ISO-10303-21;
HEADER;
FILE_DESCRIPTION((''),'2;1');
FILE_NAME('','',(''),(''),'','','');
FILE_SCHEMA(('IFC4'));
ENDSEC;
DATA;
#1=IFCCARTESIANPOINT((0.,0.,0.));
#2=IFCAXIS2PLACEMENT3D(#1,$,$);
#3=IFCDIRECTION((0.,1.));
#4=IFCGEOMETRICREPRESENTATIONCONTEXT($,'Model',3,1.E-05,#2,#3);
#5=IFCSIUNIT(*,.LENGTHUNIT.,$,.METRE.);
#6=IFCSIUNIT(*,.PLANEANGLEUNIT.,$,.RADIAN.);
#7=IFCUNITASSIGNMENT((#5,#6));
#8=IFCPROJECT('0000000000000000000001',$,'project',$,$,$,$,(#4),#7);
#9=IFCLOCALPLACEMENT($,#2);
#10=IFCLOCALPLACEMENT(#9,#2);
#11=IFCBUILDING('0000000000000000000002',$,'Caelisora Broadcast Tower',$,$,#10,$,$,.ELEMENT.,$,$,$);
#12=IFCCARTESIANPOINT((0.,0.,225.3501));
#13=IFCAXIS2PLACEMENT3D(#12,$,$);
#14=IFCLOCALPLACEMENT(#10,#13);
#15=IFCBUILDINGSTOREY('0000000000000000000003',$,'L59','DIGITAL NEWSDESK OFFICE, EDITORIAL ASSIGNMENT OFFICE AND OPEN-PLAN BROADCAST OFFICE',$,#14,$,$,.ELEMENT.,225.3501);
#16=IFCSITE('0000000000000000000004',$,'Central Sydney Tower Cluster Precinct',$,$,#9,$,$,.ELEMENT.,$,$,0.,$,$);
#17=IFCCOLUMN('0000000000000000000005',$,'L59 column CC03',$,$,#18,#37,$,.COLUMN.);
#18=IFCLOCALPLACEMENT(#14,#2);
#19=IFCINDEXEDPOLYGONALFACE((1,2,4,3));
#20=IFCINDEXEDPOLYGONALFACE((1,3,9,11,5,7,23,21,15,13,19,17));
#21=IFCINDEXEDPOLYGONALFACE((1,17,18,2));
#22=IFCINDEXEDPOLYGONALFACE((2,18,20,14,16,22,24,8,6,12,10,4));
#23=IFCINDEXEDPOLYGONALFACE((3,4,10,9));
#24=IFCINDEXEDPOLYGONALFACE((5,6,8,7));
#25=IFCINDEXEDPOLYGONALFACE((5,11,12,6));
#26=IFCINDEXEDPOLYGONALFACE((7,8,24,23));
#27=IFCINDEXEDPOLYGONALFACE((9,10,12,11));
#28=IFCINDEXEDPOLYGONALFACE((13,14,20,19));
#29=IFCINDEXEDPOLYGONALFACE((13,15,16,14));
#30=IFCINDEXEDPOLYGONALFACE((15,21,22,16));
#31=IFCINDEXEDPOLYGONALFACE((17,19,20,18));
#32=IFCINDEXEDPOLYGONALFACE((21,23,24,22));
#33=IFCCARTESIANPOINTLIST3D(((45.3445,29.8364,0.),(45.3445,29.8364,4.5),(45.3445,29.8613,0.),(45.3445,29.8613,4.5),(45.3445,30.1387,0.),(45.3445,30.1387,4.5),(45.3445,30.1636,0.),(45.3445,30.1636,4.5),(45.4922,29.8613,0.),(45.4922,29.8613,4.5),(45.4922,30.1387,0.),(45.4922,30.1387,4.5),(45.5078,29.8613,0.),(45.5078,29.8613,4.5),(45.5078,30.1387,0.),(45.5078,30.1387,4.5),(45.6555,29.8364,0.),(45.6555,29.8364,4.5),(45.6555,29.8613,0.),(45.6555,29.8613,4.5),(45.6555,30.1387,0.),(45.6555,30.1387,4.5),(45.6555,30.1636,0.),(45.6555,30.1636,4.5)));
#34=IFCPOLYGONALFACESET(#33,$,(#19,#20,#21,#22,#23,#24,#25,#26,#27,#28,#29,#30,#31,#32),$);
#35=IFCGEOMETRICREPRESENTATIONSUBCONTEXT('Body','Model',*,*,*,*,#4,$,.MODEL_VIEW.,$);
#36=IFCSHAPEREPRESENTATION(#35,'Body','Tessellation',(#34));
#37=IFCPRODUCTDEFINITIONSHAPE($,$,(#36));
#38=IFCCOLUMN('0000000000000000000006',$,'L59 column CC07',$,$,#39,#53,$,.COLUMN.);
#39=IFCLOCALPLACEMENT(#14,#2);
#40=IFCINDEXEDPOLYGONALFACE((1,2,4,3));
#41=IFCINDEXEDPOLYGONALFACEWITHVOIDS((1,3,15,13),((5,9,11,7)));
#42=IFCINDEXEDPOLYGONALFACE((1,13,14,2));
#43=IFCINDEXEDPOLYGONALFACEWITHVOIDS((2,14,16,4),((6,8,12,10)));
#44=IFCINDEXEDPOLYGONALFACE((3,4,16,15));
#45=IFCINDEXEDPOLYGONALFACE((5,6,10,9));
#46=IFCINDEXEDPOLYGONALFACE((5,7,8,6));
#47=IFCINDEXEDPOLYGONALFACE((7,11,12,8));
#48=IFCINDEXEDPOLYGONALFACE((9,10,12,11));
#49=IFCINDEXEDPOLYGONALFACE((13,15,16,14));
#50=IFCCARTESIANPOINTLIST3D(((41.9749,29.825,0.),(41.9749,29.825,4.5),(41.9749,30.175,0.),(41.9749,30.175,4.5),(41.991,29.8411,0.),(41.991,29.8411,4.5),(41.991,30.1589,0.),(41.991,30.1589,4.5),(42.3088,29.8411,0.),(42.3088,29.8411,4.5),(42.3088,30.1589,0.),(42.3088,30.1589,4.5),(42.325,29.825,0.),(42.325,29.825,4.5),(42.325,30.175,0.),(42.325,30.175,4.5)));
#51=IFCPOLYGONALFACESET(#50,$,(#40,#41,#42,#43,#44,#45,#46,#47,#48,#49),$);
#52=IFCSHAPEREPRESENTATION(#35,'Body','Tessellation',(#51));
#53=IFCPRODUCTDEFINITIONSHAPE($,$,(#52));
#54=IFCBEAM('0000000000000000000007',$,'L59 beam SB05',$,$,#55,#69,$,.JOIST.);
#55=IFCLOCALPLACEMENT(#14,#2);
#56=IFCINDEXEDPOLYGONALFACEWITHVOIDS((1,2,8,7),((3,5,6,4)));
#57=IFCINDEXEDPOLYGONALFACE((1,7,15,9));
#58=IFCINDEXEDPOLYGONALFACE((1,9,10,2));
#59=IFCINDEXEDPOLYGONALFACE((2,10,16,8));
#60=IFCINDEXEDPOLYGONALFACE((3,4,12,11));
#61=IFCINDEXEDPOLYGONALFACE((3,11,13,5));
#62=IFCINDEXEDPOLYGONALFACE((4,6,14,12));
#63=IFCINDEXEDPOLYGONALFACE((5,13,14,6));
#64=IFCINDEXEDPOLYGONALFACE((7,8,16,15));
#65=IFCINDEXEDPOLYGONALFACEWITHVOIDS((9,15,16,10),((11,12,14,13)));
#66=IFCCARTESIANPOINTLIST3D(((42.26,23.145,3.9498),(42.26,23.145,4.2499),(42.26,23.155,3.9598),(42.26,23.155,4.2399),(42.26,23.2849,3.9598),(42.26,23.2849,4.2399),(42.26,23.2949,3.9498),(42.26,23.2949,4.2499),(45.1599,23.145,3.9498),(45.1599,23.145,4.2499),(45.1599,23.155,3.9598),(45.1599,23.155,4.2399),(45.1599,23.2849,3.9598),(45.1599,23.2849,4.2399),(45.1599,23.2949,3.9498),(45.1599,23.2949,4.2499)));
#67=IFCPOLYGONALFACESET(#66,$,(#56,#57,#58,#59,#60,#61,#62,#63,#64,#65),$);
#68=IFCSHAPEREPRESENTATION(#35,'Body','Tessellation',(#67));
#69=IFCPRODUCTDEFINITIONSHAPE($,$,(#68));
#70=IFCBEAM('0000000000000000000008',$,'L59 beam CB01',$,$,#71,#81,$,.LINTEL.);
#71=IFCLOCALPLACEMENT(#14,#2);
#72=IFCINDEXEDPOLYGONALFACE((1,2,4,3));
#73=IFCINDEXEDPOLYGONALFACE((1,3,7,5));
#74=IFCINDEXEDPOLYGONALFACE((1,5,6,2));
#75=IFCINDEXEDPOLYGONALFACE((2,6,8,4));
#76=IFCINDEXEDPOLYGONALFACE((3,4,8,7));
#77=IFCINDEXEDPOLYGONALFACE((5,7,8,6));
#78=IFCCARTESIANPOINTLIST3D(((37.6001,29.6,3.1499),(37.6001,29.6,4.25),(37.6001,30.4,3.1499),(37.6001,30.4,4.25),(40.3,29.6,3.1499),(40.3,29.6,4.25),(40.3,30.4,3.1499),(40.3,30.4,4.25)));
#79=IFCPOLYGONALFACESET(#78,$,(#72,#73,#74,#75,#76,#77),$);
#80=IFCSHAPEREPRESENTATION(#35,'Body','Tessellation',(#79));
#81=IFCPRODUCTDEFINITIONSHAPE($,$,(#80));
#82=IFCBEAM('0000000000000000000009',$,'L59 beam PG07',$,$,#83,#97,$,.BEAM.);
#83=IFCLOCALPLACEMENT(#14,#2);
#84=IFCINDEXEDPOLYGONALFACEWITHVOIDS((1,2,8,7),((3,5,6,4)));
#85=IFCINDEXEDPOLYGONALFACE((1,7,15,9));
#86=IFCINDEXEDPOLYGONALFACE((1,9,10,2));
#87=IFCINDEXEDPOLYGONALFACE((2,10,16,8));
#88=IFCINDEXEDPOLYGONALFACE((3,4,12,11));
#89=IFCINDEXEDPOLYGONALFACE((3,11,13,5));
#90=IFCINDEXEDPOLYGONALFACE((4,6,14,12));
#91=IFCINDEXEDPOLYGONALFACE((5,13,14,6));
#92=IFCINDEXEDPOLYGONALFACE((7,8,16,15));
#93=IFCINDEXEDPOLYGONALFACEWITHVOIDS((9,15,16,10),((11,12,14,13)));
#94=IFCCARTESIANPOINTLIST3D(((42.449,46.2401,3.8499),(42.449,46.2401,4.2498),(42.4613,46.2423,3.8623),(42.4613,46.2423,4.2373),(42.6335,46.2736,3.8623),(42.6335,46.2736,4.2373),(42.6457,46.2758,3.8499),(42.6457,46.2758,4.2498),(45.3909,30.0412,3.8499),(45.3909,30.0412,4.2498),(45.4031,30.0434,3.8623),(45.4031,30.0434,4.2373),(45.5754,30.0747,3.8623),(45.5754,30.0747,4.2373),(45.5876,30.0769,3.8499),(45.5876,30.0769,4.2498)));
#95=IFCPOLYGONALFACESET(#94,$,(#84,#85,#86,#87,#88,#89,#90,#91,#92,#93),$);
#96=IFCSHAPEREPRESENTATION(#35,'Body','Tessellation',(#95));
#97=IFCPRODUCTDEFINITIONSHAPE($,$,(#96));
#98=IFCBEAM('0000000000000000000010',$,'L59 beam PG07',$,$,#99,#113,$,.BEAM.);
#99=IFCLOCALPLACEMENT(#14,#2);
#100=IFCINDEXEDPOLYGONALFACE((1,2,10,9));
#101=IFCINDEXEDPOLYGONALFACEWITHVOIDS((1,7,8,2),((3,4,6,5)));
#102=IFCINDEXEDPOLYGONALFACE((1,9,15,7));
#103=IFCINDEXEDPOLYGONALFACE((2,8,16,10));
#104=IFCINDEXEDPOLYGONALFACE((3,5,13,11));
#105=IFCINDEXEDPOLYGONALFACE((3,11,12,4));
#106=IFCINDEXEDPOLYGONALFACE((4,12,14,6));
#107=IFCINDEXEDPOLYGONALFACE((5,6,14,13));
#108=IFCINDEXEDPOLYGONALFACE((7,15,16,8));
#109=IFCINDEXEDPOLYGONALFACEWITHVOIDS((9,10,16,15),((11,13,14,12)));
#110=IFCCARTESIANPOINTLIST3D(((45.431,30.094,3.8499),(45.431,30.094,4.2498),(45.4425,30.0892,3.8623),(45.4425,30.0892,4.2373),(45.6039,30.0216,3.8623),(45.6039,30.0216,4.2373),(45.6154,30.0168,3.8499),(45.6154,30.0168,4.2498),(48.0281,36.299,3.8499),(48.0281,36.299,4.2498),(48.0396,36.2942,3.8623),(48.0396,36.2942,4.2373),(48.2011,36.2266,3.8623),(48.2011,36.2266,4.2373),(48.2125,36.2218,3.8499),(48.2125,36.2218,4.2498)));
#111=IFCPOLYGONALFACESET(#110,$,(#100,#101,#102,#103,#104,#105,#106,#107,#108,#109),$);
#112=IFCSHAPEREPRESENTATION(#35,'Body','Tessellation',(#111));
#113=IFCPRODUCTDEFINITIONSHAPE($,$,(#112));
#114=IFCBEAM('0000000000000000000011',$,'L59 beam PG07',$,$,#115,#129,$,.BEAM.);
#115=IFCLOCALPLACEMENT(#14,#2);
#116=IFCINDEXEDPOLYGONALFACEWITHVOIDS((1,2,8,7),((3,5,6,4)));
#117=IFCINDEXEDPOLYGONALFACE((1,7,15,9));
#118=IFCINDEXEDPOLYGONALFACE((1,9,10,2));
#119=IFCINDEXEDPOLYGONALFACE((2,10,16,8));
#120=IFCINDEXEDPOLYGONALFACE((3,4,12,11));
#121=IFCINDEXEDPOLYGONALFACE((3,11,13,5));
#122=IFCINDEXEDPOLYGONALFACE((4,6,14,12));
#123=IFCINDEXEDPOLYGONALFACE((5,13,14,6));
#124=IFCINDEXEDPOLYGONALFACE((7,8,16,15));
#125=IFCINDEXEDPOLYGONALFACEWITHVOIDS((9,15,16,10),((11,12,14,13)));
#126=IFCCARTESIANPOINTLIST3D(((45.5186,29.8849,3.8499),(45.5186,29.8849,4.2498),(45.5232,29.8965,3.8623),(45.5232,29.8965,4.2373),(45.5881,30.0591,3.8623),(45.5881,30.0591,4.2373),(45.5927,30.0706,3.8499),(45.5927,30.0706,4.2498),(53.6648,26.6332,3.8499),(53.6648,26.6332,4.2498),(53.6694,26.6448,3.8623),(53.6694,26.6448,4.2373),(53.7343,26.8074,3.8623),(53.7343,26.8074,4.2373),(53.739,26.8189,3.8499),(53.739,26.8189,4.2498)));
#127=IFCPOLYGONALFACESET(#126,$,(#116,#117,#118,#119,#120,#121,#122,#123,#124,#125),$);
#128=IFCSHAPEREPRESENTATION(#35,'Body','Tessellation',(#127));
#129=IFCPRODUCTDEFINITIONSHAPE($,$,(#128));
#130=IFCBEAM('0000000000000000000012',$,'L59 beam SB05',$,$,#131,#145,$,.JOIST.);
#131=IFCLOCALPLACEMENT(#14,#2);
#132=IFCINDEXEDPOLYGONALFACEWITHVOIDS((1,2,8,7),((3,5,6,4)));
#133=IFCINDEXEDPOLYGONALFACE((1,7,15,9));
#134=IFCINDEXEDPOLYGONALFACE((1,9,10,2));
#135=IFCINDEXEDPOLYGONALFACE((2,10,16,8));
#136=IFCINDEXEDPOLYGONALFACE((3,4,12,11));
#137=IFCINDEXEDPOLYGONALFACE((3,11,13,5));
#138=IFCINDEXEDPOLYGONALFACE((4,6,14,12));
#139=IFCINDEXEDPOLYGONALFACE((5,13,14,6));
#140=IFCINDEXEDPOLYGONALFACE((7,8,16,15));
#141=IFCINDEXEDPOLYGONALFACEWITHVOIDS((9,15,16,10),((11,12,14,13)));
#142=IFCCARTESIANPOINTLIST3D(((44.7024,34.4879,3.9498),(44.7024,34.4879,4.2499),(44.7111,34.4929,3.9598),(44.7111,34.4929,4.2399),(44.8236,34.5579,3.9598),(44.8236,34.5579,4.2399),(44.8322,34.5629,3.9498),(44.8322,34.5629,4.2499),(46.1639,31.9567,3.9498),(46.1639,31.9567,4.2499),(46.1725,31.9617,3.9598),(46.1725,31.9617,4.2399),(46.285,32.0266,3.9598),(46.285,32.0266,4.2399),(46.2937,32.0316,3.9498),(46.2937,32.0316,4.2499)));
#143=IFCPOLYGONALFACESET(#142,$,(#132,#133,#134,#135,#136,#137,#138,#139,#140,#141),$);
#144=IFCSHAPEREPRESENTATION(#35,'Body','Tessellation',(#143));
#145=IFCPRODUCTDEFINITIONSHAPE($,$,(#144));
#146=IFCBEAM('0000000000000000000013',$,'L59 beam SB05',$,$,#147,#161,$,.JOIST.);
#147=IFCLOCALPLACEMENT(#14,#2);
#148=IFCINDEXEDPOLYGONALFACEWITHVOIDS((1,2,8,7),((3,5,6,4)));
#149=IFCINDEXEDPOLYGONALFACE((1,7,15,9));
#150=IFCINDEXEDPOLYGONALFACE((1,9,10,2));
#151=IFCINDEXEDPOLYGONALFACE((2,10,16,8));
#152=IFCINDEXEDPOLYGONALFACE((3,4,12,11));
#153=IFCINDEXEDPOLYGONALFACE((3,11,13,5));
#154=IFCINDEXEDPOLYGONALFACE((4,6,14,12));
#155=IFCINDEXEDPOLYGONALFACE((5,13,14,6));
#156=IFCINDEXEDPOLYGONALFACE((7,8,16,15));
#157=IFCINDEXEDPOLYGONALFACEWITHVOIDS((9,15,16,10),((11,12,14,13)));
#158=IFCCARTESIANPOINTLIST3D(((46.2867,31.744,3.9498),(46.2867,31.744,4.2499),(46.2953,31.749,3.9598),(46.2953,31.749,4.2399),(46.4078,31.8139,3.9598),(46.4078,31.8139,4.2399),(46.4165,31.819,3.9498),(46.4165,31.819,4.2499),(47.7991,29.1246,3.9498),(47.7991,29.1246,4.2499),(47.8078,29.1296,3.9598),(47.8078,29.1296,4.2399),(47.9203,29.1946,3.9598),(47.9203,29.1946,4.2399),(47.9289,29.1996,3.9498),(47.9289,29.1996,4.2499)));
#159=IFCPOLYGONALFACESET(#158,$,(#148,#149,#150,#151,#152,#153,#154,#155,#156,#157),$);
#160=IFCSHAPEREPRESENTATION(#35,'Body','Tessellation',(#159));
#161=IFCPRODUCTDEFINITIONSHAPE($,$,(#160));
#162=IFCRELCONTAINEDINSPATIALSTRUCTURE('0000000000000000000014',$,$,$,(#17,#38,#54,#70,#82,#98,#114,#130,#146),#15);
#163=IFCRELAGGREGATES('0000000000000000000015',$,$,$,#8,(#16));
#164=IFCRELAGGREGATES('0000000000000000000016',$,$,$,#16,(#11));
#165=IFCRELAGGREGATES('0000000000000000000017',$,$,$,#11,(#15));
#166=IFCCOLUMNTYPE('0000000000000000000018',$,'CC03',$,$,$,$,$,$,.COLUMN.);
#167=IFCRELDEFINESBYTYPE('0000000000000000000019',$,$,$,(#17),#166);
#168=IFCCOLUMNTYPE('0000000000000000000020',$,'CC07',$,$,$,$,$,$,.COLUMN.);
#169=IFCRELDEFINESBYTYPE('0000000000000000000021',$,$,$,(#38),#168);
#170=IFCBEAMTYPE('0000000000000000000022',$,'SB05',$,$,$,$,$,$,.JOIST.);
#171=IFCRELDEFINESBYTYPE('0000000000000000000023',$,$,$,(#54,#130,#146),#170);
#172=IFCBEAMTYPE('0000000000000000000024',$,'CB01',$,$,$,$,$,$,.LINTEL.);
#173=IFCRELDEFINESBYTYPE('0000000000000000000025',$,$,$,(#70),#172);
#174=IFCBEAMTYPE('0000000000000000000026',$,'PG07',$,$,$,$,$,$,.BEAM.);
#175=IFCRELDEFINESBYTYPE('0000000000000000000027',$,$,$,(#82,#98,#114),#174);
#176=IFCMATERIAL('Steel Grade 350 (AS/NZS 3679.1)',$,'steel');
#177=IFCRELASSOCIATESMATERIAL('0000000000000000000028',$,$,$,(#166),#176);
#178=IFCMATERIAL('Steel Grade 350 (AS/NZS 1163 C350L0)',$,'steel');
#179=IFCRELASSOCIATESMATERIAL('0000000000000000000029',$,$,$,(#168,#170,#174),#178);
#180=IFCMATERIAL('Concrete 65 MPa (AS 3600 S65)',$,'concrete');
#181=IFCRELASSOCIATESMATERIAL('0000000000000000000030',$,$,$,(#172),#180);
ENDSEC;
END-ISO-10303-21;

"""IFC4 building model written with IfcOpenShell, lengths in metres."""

from ifc_helpers import new_model, si_unit, direction, frame, origin, origin_2d, place, context, subcontext, project, spatial, rectangle, hollow_rectangle, i_section, extrude, source, transform, mapped, material, material_profile, profile_set, type_object, type_shapes, element, save


model = new_model("IFC4")

# Units and contexts
model_context = context("Model", 3, precision=1e-05, world=origin(), true_north=direction((0.0, 1.0)))
body_context = subcontext(model_context, "Body", "Model", "MODEL_VIEW")
ifc_project = project(units=[si_unit("LENGTHUNIT", "METRE"), si_unit("PLANEANGLEUNIT", "RADIAN")], contexts=[model_context])

# Site, building, storey
site_placement = place(None, origin())
site = spatial("IfcSite", under=ifc_project, at=site_placement, Name="Central Sydney Tower Cluster Precinct", CompositionType="ELEMENT", RefElevation=0.0)
building_placement = place(site_placement, origin())
building = spatial("IfcBuilding", under=site, at=building_placement, Name="Caelisora Broadcast Tower", CompositionType="ELEMENT")
storey_placement = place(building_placement, frame((0.0, 0.0, 225.3501)))
storey = spatial("IfcBuildingStorey", under=building, at=storey_placement, Name="L59", Description="DIGITAL NEWSDESK OFFICE, EDITORIAL ASSIGNMENT OFFICE AND OPEN-PLAN BROADCAST OFFICE", CompositionType="ELEMENT", Elevation=225.3501)

# Columns
ifc_material_1 = material(Name="Steel Grade 350 (AS/NZS 3679.1)", Category="steel")
ifc_material_profile_1 = material_profile(ifc_material_1, i_section(OverallWidth=0.311, OverallDepth=0.3271, WebThickness=0.0156, FlangeThickness=0.0249, at=origin_2d()), Name="Steel Grade 350 (AS/NZS 3679.1)")
ifc_profile_set_1 = profile_set([ifc_material_profile_1], Name="Steel Grade 350 (AS/NZS 3679.1)")
column_type_1 = type_object("IfcColumnType", Name="CC03", PredefinedType="COLUMN", material=ifc_profile_set_1)
shared_shape_1 = source(origin(), body_context, "Body", "SweptSolid", [
    extrude(i_section(OverallWidth=0.311, OverallDepth=0.3271, WebThickness=0.0156, FlangeThickness=0.0249, at=origin_2d()), origin(), (0.0, 0.0, 1.0), 4.5),
])
type_shapes(column_type_1, [shared_shape_1])
column_1_placement = place(storey_placement, frame((45.5, 30.0, 0.0), z_axis=(0.0, 0.0, 1.0), x_axis=(1.0, 0.0, 0.0)))
element("IfcColumn", 1, at=column_1_placement, inside=storey, type_object=column_type_1, Name="L59 column CC03", PredefinedType="COLUMN", context=body_context, shape_type="MappedRepresentation", body=[
    mapped(shared_shape_1, transform((0.0, 0.0, 0.0), scale=1.0)),
])
ifc_material_2 = material(Name="Steel Grade 350 (AS/NZS 1163 C350L0)", Category="steel")
ifc_material_profile_2 = material_profile(ifc_material_2, hollow_rectangle(XDim=0.3501, YDim=0.3501, WallThickness=0.0161, at=origin_2d()), Name="Steel Grade 350 (AS/NZS 1163 C350L0)")
ifc_profile_set_2 = profile_set([ifc_material_profile_2], Name="Steel Grade 350 (AS/NZS 1163 C350L0)")
column_type_2 = type_object("IfcColumnType", Name="CC07", PredefinedType="COLUMN", material=ifc_profile_set_2)
shared_shape_2 = source(origin(), body_context, "Body", "SweptSolid", [
    extrude(hollow_rectangle(XDim=0.3501, YDim=0.3501, WallThickness=0.0161, at=origin_2d()), origin(), (0.0, 0.0, 1.0), 4.5),
])
type_shapes(column_type_2, [shared_shape_2])
column_2_placement = place(storey_placement, frame((42.1499, 30.0, 0.0), z_axis=(0.0, 0.0, 1.0), x_axis=(1.0, 0.0, 0.0)))
element("IfcColumn", 2, at=column_2_placement, inside=storey, type_object=column_type_2, Name="L59 column CC07", PredefinedType="COLUMN", context=body_context, shape_type="MappedRepresentation", body=[
    mapped(shared_shape_2, transform((0.0, 0.0, 0.0), scale=1.0)),
])

# Beams
ifc_material_profile_3 = material_profile(ifc_material_2, hollow_rectangle(XDim=0.1499, YDim=0.3, WallThickness=0.01, at=origin_2d()), Name="Steel Grade 350 (AS/NZS 1163 C350L0)")
ifc_profile_set_3 = profile_set([ifc_material_profile_3], Name="Steel Grade 350 (AS/NZS 1163 C350L0)")
beam_type_1 = type_object("IfcBeamType", Name="SB05", PredefinedType="JOIST", material=ifc_profile_set_3)
shared_shape_3 = source(origin(), body_context, "Body", "SweptSolid", [
    extrude(hollow_rectangle(XDim=0.1499, YDim=0.3, WallThickness=0.01, at=origin_2d()), origin(), (0.0, 0.0, 1.0), 2.8999),
])
beam_1_placement = place(storey_placement, frame((42.26, 23.22, 4.0999), z_axis=(1.0, 0.0, 0.0), x_axis=(0.0, 1.0, 0.0)))
element("IfcBeam", 3, at=beam_1_placement, inside=storey, type_object=beam_type_1, Name="L59 beam SB05", PredefinedType="JOIST", context=body_context, shape_type="MappedRepresentation", body=[
    mapped(shared_shape_3, transform((0.0, 0.0, 0.0), scale=1.0)),
])
ifc_material_3 = material(Name="Concrete 65 MPa (AS 3600 S65)", Category="concrete")
ifc_material_profile_4 = material_profile(ifc_material_3, rectangle(XDim=0.8, YDim=1.1001, at=origin_2d()), Name="Concrete 65 MPa (AS 3600 S65)")
ifc_profile_set_4 = profile_set([ifc_material_profile_4], Name="Concrete 65 MPa (AS 3600 S65)")
beam_type_2 = type_object("IfcBeamType", Name="CB01", PredefinedType="LINTEL", material=ifc_profile_set_4)
shared_shape_4 = source(origin(), body_context, "Body", "SweptSolid", [
    extrude(rectangle(XDim=0.8, YDim=1.1001, at=origin_2d()), origin(), (0.0, 0.0, 1.0), 2.7),
])
type_shapes(beam_type_2, [shared_shape_4])
beam_2_placement = place(storey_placement, frame((37.6001, 30.0, 3.7), z_axis=(1.0, 0.0, 0.0), x_axis=(0.0, 1.0, 0.0)))
element("IfcBeam", 4, at=beam_2_placement, inside=storey, type_object=beam_type_2, Name="L59 beam CB01", PredefinedType="LINTEL", context=body_context, shape_type="MappedRepresentation", body=[
    mapped(shared_shape_4, transform((0.0, 0.0, 0.0), scale=1.0)),
])
ifc_material_profile_5 = material_profile(ifc_material_2, hollow_rectangle(XDim=0.2, YDim=0.3999, WallThickness=0.0125, at=origin_2d()), Name="Steel Grade 350 (AS/NZS 1163 C350L0)")
ifc_profile_set_5 = profile_set([ifc_material_profile_5], Name="Steel Grade 350 (AS/NZS 1163 C350L0)")
beam_type_3 = type_object("IfcBeamType", Name="PG07", PredefinedType="BEAM", material=ifc_profile_set_5)
shared_shape_5 = source(origin(), body_context, "Body", "SweptSolid", [
    extrude(hollow_rectangle(XDim=0.2, YDim=0.3999, WallThickness=0.0125, at=origin_2d()), origin(), (0.0, 0.0, 1.0), 16.4639),
])
beam_3_placement = place(storey_placement, frame((45.4893, 30.0591, 4.0498), z_axis=(-0.178687, 0.983906, 0.0), x_axis=(-0.983906, -0.178687, 0.0)))
element("IfcBeam", 5, at=beam_3_placement, inside=storey, type_object=beam_type_3, Name="L59 beam PG07", PredefinedType="BEAM", context=body_context, shape_type="MappedRepresentation", body=[
    mapped(shared_shape_5, transform((0.0, 0.0, 0.0), scale=1.0)),
])
shared_shape_6 = source(origin(), body_context, "Body", "SweptSolid", [
    extrude(hollow_rectangle(XDim=0.2, YDim=0.3999, WallThickness=0.0125, at=origin_2d()), origin(), (0.0, 0.0, 1.0), 6.7266),
])
beam_4_placement = place(storey_placement, frame((45.5232, 30.0554, 4.0498), z_axis=(0.386099, 0.922457, 0.0), x_axis=(-0.922457, 0.386099, 0.0)))
element("IfcBeam", 6, at=beam_4_placement, inside=storey, type_object=beam_type_3, Name="L59 beam PG07", PredefinedType="BEAM", context=body_context, shape_type="MappedRepresentation", body=[
    mapped(shared_shape_6, transform((0.0, 0.0, 0.0), scale=1.0)),
])
shared_shape_7 = source(origin(), body_context, "Body", "SweptSolid", [
    extrude(hollow_rectangle(XDim=0.2, YDim=0.3999, WallThickness=0.0125, at=origin_2d()), origin(), (0.0, 0.0, 1.0), 8.7712),
])
type_shapes(beam_type_3, [shared_shape_5, shared_shape_6, shared_shape_7])
beam_5_placement = place(storey_placement, frame((45.5557, 29.9778, 4.0498), z_axis=(0.928743, -0.370724, 0.0), x_axis=(0.370724, 0.928743, 0.0)))
element("IfcBeam", 7, at=beam_5_placement, inside=storey, type_object=beam_type_3, Name="L59 beam PG07", PredefinedType="BEAM", context=body_context, shape_type="MappedRepresentation", body=[
    mapped(shared_shape_7, transform((0.0, 0.0, 0.0), scale=1.0)),
])
shared_shape_8 = source(origin(), body_context, "Body", "SweptSolid", [
    extrude(hollow_rectangle(XDim=0.1499, YDim=0.3, WallThickness=0.01, at=origin_2d()), origin(), (0.0, 0.0, 1.0), 2.9229),
])
beam_6_placement = place(storey_placement, frame((46.2288, 31.9941, 4.0999), z_axis=(-0.500002, 0.866024, 0.0), x_axis=(-0.866024, -0.500002, 0.0)))
element("IfcBeam", 8, at=beam_6_placement, inside=storey, type_object=beam_type_1, Name="L59 beam SB05", PredefinedType="JOIST", context=body_context, shape_type="MappedRepresentation", body=[
    mapped(shared_shape_8, transform((0.0, 0.0, 0.0), scale=1.0)),
])
shared_shape_9 = source(origin(), body_context, "Body", "SweptSolid", [
    extrude(hollow_rectangle(XDim=0.1499, YDim=0.3, WallThickness=0.01, at=origin_2d()), origin(), (0.0, 0.0, 1.0), 3.0247),
])
type_shapes(beam_type_1, [shared_shape_3, shared_shape_8, shared_shape_9])
beam_7_placement = place(storey_placement, frame((47.864, 29.1621, 4.0999), z_axis=(-0.500037, 0.866004, 0.0), x_axis=(-0.866004, -0.500037, 0.0)))
element("IfcBeam", 9, at=beam_7_placement, inside=storey, type_object=beam_type_1, Name="L59 beam SB05", PredefinedType="JOIST", context=body_context, shape_type="MappedRepresentation", body=[
    mapped(shared_shape_9, transform((0.0, 0.0, 0.0), scale=1.0)),
])

save(model, "model.ifc")
